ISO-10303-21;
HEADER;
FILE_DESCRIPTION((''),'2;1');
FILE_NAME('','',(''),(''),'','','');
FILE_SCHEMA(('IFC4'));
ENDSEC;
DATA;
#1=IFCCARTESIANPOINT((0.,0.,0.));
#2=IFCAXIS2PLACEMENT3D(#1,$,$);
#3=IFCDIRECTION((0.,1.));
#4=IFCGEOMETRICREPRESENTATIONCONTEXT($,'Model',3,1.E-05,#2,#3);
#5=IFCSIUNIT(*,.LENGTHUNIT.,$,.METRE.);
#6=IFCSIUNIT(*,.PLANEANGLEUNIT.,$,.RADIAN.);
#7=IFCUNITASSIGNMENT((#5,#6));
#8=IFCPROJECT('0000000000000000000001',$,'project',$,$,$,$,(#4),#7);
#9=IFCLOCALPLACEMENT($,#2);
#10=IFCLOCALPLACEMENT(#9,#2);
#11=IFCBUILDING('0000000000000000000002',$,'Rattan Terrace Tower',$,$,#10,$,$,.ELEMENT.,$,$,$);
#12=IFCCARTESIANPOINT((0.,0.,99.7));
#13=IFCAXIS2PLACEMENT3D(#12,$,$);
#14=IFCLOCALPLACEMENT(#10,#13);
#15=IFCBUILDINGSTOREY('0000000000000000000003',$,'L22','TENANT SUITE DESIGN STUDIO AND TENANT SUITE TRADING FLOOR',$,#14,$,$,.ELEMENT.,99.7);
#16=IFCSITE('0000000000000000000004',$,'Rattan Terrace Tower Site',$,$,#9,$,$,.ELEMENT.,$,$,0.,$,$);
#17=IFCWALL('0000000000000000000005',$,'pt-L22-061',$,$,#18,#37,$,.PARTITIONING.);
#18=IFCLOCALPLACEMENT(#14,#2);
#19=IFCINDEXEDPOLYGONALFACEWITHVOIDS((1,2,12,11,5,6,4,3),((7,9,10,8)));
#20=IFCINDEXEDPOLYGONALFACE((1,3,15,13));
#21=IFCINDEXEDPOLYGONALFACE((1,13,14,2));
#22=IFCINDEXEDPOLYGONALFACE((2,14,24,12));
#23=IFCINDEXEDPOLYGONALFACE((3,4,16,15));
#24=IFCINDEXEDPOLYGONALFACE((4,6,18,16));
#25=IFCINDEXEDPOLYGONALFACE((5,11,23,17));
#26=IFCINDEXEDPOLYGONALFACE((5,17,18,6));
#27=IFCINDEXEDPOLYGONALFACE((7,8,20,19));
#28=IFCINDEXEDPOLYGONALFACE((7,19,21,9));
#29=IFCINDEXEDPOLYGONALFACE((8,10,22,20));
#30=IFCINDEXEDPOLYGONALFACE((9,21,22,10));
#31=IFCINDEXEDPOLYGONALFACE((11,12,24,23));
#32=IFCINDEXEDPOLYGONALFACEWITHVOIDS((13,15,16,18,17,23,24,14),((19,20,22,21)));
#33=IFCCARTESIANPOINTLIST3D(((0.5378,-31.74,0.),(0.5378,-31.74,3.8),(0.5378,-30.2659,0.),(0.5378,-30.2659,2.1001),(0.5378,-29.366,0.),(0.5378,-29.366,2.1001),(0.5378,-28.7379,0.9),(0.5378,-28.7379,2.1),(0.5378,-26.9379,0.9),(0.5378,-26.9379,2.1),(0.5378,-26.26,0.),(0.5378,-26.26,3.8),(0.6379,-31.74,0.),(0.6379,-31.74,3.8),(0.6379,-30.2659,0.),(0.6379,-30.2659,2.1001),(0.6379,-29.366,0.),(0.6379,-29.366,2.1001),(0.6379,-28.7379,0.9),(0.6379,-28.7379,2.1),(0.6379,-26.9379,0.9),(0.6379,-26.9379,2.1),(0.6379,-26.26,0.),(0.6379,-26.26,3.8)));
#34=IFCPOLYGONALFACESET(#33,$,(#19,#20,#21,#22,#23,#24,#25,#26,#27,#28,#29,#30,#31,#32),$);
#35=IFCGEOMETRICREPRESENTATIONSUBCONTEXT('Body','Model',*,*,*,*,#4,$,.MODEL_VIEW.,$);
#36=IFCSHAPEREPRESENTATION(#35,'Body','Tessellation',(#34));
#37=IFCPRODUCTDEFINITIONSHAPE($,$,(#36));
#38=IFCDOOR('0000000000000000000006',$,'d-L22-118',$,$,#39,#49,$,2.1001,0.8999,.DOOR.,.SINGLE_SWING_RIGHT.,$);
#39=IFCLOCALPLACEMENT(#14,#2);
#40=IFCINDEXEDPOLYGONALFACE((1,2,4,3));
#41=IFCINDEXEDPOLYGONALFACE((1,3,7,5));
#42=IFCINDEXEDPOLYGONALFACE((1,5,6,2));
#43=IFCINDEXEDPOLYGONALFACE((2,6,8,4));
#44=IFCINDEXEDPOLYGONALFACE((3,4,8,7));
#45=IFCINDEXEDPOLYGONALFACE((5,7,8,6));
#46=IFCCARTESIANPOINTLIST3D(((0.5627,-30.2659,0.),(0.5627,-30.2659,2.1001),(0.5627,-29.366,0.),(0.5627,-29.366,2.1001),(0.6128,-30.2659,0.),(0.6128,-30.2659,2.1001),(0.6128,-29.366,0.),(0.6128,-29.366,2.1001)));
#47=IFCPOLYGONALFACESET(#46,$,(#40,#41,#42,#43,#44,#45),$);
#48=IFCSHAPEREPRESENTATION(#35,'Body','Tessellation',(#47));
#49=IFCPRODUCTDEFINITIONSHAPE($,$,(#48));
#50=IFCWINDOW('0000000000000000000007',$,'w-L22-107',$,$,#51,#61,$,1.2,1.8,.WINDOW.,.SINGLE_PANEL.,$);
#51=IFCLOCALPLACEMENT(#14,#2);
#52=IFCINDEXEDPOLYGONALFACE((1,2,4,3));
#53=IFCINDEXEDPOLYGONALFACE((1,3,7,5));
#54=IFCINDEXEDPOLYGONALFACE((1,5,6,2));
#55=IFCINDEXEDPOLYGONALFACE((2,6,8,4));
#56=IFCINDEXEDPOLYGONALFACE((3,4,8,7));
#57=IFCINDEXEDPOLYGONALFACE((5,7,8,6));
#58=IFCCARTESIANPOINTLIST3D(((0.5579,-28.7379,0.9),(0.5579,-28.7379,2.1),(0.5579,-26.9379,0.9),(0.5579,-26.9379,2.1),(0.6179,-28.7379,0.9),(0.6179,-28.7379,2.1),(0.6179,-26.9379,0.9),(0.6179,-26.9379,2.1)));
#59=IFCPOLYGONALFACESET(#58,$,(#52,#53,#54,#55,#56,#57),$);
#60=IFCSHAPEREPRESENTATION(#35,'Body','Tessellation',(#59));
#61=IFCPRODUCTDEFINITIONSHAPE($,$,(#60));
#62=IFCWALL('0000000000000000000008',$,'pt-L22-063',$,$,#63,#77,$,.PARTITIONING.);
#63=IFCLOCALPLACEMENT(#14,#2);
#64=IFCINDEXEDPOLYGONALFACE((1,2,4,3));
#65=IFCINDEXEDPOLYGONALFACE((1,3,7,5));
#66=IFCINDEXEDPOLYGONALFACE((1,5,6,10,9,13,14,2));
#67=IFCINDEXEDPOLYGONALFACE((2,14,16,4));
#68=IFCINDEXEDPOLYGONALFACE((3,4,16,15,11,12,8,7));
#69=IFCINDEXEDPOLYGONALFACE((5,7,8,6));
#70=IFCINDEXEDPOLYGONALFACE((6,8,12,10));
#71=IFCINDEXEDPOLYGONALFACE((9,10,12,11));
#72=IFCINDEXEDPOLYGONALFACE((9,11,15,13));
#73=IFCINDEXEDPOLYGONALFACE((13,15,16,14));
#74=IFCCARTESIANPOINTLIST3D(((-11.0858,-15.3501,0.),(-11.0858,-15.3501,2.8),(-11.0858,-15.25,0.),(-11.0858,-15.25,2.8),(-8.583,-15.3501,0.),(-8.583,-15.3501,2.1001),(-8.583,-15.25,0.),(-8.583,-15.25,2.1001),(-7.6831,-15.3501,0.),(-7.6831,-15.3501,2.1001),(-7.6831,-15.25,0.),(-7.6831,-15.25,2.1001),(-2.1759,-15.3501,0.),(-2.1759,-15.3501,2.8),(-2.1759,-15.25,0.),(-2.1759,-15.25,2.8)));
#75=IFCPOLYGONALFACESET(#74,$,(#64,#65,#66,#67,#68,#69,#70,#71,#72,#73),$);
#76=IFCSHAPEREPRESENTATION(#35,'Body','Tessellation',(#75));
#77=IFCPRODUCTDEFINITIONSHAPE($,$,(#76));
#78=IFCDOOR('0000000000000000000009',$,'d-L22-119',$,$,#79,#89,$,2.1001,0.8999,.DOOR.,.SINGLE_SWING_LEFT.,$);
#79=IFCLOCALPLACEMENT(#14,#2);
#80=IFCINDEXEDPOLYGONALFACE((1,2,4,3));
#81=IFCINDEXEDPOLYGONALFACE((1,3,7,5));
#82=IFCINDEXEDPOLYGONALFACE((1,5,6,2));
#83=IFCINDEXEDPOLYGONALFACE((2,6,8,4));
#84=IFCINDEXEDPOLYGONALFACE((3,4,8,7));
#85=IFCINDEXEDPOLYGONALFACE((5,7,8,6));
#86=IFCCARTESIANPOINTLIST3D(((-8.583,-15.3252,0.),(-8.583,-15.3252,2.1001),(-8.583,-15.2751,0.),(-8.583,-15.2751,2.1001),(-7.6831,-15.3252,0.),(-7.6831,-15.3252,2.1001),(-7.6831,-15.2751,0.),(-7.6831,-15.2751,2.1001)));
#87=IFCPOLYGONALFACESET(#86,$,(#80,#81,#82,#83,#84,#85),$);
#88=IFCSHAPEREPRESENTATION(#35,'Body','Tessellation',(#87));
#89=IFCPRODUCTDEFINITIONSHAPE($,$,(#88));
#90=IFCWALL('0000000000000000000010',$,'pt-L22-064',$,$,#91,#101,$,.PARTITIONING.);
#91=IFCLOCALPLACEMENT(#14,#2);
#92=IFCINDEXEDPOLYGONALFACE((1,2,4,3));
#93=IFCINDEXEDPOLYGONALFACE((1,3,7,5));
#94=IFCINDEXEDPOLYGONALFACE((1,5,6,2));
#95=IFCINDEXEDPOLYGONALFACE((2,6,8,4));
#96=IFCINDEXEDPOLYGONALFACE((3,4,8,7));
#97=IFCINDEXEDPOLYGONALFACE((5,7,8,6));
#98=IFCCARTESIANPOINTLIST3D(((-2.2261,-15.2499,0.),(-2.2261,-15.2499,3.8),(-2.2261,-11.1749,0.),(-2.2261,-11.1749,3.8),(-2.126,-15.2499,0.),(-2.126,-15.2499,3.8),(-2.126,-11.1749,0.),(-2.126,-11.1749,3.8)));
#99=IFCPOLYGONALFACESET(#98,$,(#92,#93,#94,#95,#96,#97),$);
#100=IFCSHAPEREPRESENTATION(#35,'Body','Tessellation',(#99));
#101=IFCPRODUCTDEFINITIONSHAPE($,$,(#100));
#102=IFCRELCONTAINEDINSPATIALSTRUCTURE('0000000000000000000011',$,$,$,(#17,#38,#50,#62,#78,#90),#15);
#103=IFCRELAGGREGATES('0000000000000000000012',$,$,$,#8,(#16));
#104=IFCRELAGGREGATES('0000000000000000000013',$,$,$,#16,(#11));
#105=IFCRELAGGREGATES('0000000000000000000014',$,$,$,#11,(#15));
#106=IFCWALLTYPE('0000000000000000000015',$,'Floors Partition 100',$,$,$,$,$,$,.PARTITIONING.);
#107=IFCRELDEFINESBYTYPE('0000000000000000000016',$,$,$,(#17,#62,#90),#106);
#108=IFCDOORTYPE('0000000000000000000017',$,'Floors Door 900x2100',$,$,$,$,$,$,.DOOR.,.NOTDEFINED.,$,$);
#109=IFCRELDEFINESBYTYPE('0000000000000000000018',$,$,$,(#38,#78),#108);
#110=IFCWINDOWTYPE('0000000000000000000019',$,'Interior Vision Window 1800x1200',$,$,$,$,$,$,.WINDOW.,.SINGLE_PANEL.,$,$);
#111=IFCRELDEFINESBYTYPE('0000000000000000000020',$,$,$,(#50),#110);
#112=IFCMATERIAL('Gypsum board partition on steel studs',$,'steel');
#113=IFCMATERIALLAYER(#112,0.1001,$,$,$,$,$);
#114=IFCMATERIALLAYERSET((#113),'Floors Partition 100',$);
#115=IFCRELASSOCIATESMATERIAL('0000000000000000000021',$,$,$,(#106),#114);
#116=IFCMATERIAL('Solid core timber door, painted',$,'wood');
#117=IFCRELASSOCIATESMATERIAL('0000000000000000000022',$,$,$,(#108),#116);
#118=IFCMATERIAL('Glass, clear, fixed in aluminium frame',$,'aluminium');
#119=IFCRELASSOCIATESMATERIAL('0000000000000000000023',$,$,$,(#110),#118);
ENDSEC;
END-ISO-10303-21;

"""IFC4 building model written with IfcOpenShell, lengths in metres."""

from ifc_helpers import new_model, si_unit, direction, frame, frame_2d, origin, place, context, subcontext, project, spatial, rectangle, extrude, material, layer, layer_set, type_object, element, fill, save


model = new_model("IFC4")

# Units and contexts
model_context = context("Model", 3, precision=1e-05, world=origin(), true_north=direction((0.0, 1.0)))
body_context = subcontext(model_context, "Body", "Model", "MODEL_VIEW")
ifc_project = project(units=[si_unit("LENGTHUNIT", "METRE"), si_unit("PLANEANGLEUNIT", "RADIAN")], contexts=[model_context])

# Site, building, storey
site_placement = place(None, origin())
site = spatial("IfcSite", under=ifc_project, at=site_placement, Name="Rattan Terrace Tower Site", CompositionType="ELEMENT", RefElevation=0.0)
building_placement = place(site_placement, origin())
building = spatial("IfcBuilding", under=site, at=building_placement, Name="Rattan Terrace Tower", CompositionType="ELEMENT")
storey_placement = place(building_placement, frame((0.0, 0.0, 99.7)))
storey = spatial("IfcBuildingStorey", under=building, at=storey_placement, Name="L22", Description="TENANT SUITE DESIGN STUDIO AND TENANT SUITE TRADING FLOOR", CompositionType="ELEMENT", Elevation=99.7)

# Shared definitions
ifc_material_1 = material(Name="Gypsum board partition on steel studs", Category="steel")
ifc_layer_1 = layer(ifc_material_1, 0.1001)
ifc_layer_set_1 = layer_set([ifc_layer_1], Name="Floors Partition 100")
wall_type_1 = type_object("IfcWallType", Name="Floors Partition 100", PredefinedType="PARTITIONING", material=ifc_layer_set_1)
ifc_material_2 = material(Name="Solid core timber door, painted", Category="wood")
door_type = type_object("IfcDoorType", Name="Floors Door 900x2100", OperationType="NOTDEFINED", PredefinedType="DOOR", material=ifc_material_2)

# Wall, openings, door, window
wall_1_placement = place(storey_placement, frame((0.5879, -26.26, 0.0), z_axis=(0.0, 0.0, 1.0), x_axis=(0.0, -1.0, 0.0)))
wall_1 = element("IfcWall", 1, at=wall_1_placement, inside=storey, type_object=wall_type_1, Name="pt-L22-061", PredefinedType="PARTITIONING", context=body_context, shape_type="SweptSolid", body=[
    extrude(rectangle(XDim=5.48, YDim=0.1001, at=frame_2d((2.74, 0.0))), origin(), (0.0, 0.0, 1.0), 3.8),
])
opening_1_placement = place(wall_1_placement, frame((3.106, 0.0, 0.0)))
opening_1 = element("IfcOpeningElement", 2, at=opening_1_placement, cuts=wall_1, PredefinedType="OPENING", context=body_context, shape_type="SweptSolid", body=[
    extrude(rectangle(XDim=0.8999, YDim=2.1001, at=frame_2d((0.45, 1.05))), frame((0.0, 0.0605, 0.0), z_axis=(0.0, -1.0, 0.0), x_axis=(1.0, 0.0, 0.0)), (0.0, 0.0, 1.0), 0.1211),
])
opening_2_placement = place(wall_1_placement, frame((0.678, 0.0, 0.8999)))
opening_2 = element("IfcOpeningElement", 3, at=opening_2_placement, cuts=wall_1, PredefinedType="OPENING", context=body_context, shape_type="SweptSolid", body=[
    extrude(rectangle(XDim=1.8, YDim=1.2, at=frame_2d((0.8999, 0.6001))), frame((0.0, 0.0605, 0.0), z_axis=(0.0, -1.0, 0.0), x_axis=(1.0, 0.0, 0.0)), (0.0, 0.0, 1.0), 0.1211),
])
door_1_placement = place(opening_1_placement, origin())
door_1 = element("IfcDoor", 4, at=door_1_placement, inside=storey, type_object=door_type, Name="d-L22-118", OperationType="SINGLE_SWING_RIGHT", OverallHeight=2.1001, OverallWidth=0.8999, PredefinedType="DOOR", context=body_context, shape_type="SweptSolid", body=[
    extrude(rectangle(XDim=0.8999, YDim=2.1001, at=frame_2d((0.45, 1.05))), frame((0.0, 0.0249, 0.0), z_axis=(0.0, -1.0, 0.0), x_axis=(1.0, 0.0, 0.0)), (0.0, 0.0, 1.0), 0.05),
])
fill(opening_1, door_1)
ifc_material_3 = material(Name="Glass, clear, fixed in aluminium frame", Category="aluminium")
window_type = type_object("IfcWindowType", Name="Interior Vision Window 1800x1200", PartitioningType="SINGLE_PANEL", PredefinedType="WINDOW", material=ifc_material_3)
window_placement = place(opening_2_placement, origin())
window = element("IfcWindow", 5, at=window_placement, inside=storey, type_object=window_type, Name="w-L22-107", OverallHeight=1.2, OverallWidth=1.8, PartitioningType="SINGLE_PANEL", PredefinedType="WINDOW", context=body_context, shape_type="SweptSolid", body=[
    extrude(rectangle(XDim=1.8, YDim=1.2, at=frame_2d((0.8999, 0.6001))), frame((0.0, 0.03, 0.0), z_axis=(0.0, -1.0, 0.0), x_axis=(1.0, 0.0, 0.0)), (0.0, 0.0, 1.0), 0.0601),
])
fill(opening_2, window)

# Wall, opening, door
wall_2_placement = place(storey_placement, frame((-11.0859, -15.3, 0.0), z_axis=(0.0, 0.0, 1.0), x_axis=(1.0, 0.0, 0.0)))
wall_2 = element("IfcWall", 6, at=wall_2_placement, inside=storey, type_object=wall_type_1, Name="pt-L22-063", PredefinedType="PARTITIONING", context=body_context, shape_type="SweptSolid", body=[
    extrude(rectangle(XDim=8.9099, YDim=0.1001, at=frame_2d((4.4551, 0.0))), origin(), (0.0, 0.0, 1.0), 2.8),
])
opening_3_placement = place(wall_2_placement, frame((2.5029, 0.0, 0.0)))
opening_3 = element("IfcOpeningElement", 7, at=opening_3_placement, cuts=wall_2, PredefinedType="OPENING", context=body_context, shape_type="SweptSolid", body=[
    extrude(rectangle(XDim=0.8999, YDim=2.1001, at=frame_2d((0.45, 1.05))), frame((0.0, 0.0605, 0.0), z_axis=(0.0, -1.0, 0.0), x_axis=(1.0, 0.0, 0.0)), (0.0, 0.0, 1.0), 0.1211),
])
door_2_placement = place(opening_3_placement, origin())
door_2 = element("IfcDoor", 8, at=door_2_placement, inside=storey, type_object=door_type, Name="d-L22-119", OperationType="SINGLE_SWING_LEFT", OverallHeight=2.1001, OverallWidth=0.8999, PredefinedType="DOOR", context=body_context, shape_type="SweptSolid", body=[
    extrude(rectangle(XDim=0.8999, YDim=2.1001, at=frame_2d((0.45, 1.05))), frame((0.0, 0.0249, 0.0), z_axis=(0.0, -1.0, 0.0), x_axis=(1.0, 0.0, 0.0)), (0.0, 0.0, 1.0), 0.05),
])
fill(opening_3, door_2)

# Wall
wall_3_placement = place(storey_placement, frame((-2.176, -15.25, 0.0), z_axis=(0.0, 0.0, 1.0), x_axis=(0.0, 1.0, 0.0)))
element("IfcWall", 9, at=wall_3_placement, inside=storey, type_object=wall_type_1, Name="pt-L22-064", PredefinedType="PARTITIONING", context=body_context, shape_type="SweptSolid", body=[
    extrude(rectangle(XDim=4.075, YDim=0.1001, at=frame_2d((2.0376, 0.0))), origin(), (0.0, 0.0, 1.0), 3.8),
])

save(model, "model.ifc")
